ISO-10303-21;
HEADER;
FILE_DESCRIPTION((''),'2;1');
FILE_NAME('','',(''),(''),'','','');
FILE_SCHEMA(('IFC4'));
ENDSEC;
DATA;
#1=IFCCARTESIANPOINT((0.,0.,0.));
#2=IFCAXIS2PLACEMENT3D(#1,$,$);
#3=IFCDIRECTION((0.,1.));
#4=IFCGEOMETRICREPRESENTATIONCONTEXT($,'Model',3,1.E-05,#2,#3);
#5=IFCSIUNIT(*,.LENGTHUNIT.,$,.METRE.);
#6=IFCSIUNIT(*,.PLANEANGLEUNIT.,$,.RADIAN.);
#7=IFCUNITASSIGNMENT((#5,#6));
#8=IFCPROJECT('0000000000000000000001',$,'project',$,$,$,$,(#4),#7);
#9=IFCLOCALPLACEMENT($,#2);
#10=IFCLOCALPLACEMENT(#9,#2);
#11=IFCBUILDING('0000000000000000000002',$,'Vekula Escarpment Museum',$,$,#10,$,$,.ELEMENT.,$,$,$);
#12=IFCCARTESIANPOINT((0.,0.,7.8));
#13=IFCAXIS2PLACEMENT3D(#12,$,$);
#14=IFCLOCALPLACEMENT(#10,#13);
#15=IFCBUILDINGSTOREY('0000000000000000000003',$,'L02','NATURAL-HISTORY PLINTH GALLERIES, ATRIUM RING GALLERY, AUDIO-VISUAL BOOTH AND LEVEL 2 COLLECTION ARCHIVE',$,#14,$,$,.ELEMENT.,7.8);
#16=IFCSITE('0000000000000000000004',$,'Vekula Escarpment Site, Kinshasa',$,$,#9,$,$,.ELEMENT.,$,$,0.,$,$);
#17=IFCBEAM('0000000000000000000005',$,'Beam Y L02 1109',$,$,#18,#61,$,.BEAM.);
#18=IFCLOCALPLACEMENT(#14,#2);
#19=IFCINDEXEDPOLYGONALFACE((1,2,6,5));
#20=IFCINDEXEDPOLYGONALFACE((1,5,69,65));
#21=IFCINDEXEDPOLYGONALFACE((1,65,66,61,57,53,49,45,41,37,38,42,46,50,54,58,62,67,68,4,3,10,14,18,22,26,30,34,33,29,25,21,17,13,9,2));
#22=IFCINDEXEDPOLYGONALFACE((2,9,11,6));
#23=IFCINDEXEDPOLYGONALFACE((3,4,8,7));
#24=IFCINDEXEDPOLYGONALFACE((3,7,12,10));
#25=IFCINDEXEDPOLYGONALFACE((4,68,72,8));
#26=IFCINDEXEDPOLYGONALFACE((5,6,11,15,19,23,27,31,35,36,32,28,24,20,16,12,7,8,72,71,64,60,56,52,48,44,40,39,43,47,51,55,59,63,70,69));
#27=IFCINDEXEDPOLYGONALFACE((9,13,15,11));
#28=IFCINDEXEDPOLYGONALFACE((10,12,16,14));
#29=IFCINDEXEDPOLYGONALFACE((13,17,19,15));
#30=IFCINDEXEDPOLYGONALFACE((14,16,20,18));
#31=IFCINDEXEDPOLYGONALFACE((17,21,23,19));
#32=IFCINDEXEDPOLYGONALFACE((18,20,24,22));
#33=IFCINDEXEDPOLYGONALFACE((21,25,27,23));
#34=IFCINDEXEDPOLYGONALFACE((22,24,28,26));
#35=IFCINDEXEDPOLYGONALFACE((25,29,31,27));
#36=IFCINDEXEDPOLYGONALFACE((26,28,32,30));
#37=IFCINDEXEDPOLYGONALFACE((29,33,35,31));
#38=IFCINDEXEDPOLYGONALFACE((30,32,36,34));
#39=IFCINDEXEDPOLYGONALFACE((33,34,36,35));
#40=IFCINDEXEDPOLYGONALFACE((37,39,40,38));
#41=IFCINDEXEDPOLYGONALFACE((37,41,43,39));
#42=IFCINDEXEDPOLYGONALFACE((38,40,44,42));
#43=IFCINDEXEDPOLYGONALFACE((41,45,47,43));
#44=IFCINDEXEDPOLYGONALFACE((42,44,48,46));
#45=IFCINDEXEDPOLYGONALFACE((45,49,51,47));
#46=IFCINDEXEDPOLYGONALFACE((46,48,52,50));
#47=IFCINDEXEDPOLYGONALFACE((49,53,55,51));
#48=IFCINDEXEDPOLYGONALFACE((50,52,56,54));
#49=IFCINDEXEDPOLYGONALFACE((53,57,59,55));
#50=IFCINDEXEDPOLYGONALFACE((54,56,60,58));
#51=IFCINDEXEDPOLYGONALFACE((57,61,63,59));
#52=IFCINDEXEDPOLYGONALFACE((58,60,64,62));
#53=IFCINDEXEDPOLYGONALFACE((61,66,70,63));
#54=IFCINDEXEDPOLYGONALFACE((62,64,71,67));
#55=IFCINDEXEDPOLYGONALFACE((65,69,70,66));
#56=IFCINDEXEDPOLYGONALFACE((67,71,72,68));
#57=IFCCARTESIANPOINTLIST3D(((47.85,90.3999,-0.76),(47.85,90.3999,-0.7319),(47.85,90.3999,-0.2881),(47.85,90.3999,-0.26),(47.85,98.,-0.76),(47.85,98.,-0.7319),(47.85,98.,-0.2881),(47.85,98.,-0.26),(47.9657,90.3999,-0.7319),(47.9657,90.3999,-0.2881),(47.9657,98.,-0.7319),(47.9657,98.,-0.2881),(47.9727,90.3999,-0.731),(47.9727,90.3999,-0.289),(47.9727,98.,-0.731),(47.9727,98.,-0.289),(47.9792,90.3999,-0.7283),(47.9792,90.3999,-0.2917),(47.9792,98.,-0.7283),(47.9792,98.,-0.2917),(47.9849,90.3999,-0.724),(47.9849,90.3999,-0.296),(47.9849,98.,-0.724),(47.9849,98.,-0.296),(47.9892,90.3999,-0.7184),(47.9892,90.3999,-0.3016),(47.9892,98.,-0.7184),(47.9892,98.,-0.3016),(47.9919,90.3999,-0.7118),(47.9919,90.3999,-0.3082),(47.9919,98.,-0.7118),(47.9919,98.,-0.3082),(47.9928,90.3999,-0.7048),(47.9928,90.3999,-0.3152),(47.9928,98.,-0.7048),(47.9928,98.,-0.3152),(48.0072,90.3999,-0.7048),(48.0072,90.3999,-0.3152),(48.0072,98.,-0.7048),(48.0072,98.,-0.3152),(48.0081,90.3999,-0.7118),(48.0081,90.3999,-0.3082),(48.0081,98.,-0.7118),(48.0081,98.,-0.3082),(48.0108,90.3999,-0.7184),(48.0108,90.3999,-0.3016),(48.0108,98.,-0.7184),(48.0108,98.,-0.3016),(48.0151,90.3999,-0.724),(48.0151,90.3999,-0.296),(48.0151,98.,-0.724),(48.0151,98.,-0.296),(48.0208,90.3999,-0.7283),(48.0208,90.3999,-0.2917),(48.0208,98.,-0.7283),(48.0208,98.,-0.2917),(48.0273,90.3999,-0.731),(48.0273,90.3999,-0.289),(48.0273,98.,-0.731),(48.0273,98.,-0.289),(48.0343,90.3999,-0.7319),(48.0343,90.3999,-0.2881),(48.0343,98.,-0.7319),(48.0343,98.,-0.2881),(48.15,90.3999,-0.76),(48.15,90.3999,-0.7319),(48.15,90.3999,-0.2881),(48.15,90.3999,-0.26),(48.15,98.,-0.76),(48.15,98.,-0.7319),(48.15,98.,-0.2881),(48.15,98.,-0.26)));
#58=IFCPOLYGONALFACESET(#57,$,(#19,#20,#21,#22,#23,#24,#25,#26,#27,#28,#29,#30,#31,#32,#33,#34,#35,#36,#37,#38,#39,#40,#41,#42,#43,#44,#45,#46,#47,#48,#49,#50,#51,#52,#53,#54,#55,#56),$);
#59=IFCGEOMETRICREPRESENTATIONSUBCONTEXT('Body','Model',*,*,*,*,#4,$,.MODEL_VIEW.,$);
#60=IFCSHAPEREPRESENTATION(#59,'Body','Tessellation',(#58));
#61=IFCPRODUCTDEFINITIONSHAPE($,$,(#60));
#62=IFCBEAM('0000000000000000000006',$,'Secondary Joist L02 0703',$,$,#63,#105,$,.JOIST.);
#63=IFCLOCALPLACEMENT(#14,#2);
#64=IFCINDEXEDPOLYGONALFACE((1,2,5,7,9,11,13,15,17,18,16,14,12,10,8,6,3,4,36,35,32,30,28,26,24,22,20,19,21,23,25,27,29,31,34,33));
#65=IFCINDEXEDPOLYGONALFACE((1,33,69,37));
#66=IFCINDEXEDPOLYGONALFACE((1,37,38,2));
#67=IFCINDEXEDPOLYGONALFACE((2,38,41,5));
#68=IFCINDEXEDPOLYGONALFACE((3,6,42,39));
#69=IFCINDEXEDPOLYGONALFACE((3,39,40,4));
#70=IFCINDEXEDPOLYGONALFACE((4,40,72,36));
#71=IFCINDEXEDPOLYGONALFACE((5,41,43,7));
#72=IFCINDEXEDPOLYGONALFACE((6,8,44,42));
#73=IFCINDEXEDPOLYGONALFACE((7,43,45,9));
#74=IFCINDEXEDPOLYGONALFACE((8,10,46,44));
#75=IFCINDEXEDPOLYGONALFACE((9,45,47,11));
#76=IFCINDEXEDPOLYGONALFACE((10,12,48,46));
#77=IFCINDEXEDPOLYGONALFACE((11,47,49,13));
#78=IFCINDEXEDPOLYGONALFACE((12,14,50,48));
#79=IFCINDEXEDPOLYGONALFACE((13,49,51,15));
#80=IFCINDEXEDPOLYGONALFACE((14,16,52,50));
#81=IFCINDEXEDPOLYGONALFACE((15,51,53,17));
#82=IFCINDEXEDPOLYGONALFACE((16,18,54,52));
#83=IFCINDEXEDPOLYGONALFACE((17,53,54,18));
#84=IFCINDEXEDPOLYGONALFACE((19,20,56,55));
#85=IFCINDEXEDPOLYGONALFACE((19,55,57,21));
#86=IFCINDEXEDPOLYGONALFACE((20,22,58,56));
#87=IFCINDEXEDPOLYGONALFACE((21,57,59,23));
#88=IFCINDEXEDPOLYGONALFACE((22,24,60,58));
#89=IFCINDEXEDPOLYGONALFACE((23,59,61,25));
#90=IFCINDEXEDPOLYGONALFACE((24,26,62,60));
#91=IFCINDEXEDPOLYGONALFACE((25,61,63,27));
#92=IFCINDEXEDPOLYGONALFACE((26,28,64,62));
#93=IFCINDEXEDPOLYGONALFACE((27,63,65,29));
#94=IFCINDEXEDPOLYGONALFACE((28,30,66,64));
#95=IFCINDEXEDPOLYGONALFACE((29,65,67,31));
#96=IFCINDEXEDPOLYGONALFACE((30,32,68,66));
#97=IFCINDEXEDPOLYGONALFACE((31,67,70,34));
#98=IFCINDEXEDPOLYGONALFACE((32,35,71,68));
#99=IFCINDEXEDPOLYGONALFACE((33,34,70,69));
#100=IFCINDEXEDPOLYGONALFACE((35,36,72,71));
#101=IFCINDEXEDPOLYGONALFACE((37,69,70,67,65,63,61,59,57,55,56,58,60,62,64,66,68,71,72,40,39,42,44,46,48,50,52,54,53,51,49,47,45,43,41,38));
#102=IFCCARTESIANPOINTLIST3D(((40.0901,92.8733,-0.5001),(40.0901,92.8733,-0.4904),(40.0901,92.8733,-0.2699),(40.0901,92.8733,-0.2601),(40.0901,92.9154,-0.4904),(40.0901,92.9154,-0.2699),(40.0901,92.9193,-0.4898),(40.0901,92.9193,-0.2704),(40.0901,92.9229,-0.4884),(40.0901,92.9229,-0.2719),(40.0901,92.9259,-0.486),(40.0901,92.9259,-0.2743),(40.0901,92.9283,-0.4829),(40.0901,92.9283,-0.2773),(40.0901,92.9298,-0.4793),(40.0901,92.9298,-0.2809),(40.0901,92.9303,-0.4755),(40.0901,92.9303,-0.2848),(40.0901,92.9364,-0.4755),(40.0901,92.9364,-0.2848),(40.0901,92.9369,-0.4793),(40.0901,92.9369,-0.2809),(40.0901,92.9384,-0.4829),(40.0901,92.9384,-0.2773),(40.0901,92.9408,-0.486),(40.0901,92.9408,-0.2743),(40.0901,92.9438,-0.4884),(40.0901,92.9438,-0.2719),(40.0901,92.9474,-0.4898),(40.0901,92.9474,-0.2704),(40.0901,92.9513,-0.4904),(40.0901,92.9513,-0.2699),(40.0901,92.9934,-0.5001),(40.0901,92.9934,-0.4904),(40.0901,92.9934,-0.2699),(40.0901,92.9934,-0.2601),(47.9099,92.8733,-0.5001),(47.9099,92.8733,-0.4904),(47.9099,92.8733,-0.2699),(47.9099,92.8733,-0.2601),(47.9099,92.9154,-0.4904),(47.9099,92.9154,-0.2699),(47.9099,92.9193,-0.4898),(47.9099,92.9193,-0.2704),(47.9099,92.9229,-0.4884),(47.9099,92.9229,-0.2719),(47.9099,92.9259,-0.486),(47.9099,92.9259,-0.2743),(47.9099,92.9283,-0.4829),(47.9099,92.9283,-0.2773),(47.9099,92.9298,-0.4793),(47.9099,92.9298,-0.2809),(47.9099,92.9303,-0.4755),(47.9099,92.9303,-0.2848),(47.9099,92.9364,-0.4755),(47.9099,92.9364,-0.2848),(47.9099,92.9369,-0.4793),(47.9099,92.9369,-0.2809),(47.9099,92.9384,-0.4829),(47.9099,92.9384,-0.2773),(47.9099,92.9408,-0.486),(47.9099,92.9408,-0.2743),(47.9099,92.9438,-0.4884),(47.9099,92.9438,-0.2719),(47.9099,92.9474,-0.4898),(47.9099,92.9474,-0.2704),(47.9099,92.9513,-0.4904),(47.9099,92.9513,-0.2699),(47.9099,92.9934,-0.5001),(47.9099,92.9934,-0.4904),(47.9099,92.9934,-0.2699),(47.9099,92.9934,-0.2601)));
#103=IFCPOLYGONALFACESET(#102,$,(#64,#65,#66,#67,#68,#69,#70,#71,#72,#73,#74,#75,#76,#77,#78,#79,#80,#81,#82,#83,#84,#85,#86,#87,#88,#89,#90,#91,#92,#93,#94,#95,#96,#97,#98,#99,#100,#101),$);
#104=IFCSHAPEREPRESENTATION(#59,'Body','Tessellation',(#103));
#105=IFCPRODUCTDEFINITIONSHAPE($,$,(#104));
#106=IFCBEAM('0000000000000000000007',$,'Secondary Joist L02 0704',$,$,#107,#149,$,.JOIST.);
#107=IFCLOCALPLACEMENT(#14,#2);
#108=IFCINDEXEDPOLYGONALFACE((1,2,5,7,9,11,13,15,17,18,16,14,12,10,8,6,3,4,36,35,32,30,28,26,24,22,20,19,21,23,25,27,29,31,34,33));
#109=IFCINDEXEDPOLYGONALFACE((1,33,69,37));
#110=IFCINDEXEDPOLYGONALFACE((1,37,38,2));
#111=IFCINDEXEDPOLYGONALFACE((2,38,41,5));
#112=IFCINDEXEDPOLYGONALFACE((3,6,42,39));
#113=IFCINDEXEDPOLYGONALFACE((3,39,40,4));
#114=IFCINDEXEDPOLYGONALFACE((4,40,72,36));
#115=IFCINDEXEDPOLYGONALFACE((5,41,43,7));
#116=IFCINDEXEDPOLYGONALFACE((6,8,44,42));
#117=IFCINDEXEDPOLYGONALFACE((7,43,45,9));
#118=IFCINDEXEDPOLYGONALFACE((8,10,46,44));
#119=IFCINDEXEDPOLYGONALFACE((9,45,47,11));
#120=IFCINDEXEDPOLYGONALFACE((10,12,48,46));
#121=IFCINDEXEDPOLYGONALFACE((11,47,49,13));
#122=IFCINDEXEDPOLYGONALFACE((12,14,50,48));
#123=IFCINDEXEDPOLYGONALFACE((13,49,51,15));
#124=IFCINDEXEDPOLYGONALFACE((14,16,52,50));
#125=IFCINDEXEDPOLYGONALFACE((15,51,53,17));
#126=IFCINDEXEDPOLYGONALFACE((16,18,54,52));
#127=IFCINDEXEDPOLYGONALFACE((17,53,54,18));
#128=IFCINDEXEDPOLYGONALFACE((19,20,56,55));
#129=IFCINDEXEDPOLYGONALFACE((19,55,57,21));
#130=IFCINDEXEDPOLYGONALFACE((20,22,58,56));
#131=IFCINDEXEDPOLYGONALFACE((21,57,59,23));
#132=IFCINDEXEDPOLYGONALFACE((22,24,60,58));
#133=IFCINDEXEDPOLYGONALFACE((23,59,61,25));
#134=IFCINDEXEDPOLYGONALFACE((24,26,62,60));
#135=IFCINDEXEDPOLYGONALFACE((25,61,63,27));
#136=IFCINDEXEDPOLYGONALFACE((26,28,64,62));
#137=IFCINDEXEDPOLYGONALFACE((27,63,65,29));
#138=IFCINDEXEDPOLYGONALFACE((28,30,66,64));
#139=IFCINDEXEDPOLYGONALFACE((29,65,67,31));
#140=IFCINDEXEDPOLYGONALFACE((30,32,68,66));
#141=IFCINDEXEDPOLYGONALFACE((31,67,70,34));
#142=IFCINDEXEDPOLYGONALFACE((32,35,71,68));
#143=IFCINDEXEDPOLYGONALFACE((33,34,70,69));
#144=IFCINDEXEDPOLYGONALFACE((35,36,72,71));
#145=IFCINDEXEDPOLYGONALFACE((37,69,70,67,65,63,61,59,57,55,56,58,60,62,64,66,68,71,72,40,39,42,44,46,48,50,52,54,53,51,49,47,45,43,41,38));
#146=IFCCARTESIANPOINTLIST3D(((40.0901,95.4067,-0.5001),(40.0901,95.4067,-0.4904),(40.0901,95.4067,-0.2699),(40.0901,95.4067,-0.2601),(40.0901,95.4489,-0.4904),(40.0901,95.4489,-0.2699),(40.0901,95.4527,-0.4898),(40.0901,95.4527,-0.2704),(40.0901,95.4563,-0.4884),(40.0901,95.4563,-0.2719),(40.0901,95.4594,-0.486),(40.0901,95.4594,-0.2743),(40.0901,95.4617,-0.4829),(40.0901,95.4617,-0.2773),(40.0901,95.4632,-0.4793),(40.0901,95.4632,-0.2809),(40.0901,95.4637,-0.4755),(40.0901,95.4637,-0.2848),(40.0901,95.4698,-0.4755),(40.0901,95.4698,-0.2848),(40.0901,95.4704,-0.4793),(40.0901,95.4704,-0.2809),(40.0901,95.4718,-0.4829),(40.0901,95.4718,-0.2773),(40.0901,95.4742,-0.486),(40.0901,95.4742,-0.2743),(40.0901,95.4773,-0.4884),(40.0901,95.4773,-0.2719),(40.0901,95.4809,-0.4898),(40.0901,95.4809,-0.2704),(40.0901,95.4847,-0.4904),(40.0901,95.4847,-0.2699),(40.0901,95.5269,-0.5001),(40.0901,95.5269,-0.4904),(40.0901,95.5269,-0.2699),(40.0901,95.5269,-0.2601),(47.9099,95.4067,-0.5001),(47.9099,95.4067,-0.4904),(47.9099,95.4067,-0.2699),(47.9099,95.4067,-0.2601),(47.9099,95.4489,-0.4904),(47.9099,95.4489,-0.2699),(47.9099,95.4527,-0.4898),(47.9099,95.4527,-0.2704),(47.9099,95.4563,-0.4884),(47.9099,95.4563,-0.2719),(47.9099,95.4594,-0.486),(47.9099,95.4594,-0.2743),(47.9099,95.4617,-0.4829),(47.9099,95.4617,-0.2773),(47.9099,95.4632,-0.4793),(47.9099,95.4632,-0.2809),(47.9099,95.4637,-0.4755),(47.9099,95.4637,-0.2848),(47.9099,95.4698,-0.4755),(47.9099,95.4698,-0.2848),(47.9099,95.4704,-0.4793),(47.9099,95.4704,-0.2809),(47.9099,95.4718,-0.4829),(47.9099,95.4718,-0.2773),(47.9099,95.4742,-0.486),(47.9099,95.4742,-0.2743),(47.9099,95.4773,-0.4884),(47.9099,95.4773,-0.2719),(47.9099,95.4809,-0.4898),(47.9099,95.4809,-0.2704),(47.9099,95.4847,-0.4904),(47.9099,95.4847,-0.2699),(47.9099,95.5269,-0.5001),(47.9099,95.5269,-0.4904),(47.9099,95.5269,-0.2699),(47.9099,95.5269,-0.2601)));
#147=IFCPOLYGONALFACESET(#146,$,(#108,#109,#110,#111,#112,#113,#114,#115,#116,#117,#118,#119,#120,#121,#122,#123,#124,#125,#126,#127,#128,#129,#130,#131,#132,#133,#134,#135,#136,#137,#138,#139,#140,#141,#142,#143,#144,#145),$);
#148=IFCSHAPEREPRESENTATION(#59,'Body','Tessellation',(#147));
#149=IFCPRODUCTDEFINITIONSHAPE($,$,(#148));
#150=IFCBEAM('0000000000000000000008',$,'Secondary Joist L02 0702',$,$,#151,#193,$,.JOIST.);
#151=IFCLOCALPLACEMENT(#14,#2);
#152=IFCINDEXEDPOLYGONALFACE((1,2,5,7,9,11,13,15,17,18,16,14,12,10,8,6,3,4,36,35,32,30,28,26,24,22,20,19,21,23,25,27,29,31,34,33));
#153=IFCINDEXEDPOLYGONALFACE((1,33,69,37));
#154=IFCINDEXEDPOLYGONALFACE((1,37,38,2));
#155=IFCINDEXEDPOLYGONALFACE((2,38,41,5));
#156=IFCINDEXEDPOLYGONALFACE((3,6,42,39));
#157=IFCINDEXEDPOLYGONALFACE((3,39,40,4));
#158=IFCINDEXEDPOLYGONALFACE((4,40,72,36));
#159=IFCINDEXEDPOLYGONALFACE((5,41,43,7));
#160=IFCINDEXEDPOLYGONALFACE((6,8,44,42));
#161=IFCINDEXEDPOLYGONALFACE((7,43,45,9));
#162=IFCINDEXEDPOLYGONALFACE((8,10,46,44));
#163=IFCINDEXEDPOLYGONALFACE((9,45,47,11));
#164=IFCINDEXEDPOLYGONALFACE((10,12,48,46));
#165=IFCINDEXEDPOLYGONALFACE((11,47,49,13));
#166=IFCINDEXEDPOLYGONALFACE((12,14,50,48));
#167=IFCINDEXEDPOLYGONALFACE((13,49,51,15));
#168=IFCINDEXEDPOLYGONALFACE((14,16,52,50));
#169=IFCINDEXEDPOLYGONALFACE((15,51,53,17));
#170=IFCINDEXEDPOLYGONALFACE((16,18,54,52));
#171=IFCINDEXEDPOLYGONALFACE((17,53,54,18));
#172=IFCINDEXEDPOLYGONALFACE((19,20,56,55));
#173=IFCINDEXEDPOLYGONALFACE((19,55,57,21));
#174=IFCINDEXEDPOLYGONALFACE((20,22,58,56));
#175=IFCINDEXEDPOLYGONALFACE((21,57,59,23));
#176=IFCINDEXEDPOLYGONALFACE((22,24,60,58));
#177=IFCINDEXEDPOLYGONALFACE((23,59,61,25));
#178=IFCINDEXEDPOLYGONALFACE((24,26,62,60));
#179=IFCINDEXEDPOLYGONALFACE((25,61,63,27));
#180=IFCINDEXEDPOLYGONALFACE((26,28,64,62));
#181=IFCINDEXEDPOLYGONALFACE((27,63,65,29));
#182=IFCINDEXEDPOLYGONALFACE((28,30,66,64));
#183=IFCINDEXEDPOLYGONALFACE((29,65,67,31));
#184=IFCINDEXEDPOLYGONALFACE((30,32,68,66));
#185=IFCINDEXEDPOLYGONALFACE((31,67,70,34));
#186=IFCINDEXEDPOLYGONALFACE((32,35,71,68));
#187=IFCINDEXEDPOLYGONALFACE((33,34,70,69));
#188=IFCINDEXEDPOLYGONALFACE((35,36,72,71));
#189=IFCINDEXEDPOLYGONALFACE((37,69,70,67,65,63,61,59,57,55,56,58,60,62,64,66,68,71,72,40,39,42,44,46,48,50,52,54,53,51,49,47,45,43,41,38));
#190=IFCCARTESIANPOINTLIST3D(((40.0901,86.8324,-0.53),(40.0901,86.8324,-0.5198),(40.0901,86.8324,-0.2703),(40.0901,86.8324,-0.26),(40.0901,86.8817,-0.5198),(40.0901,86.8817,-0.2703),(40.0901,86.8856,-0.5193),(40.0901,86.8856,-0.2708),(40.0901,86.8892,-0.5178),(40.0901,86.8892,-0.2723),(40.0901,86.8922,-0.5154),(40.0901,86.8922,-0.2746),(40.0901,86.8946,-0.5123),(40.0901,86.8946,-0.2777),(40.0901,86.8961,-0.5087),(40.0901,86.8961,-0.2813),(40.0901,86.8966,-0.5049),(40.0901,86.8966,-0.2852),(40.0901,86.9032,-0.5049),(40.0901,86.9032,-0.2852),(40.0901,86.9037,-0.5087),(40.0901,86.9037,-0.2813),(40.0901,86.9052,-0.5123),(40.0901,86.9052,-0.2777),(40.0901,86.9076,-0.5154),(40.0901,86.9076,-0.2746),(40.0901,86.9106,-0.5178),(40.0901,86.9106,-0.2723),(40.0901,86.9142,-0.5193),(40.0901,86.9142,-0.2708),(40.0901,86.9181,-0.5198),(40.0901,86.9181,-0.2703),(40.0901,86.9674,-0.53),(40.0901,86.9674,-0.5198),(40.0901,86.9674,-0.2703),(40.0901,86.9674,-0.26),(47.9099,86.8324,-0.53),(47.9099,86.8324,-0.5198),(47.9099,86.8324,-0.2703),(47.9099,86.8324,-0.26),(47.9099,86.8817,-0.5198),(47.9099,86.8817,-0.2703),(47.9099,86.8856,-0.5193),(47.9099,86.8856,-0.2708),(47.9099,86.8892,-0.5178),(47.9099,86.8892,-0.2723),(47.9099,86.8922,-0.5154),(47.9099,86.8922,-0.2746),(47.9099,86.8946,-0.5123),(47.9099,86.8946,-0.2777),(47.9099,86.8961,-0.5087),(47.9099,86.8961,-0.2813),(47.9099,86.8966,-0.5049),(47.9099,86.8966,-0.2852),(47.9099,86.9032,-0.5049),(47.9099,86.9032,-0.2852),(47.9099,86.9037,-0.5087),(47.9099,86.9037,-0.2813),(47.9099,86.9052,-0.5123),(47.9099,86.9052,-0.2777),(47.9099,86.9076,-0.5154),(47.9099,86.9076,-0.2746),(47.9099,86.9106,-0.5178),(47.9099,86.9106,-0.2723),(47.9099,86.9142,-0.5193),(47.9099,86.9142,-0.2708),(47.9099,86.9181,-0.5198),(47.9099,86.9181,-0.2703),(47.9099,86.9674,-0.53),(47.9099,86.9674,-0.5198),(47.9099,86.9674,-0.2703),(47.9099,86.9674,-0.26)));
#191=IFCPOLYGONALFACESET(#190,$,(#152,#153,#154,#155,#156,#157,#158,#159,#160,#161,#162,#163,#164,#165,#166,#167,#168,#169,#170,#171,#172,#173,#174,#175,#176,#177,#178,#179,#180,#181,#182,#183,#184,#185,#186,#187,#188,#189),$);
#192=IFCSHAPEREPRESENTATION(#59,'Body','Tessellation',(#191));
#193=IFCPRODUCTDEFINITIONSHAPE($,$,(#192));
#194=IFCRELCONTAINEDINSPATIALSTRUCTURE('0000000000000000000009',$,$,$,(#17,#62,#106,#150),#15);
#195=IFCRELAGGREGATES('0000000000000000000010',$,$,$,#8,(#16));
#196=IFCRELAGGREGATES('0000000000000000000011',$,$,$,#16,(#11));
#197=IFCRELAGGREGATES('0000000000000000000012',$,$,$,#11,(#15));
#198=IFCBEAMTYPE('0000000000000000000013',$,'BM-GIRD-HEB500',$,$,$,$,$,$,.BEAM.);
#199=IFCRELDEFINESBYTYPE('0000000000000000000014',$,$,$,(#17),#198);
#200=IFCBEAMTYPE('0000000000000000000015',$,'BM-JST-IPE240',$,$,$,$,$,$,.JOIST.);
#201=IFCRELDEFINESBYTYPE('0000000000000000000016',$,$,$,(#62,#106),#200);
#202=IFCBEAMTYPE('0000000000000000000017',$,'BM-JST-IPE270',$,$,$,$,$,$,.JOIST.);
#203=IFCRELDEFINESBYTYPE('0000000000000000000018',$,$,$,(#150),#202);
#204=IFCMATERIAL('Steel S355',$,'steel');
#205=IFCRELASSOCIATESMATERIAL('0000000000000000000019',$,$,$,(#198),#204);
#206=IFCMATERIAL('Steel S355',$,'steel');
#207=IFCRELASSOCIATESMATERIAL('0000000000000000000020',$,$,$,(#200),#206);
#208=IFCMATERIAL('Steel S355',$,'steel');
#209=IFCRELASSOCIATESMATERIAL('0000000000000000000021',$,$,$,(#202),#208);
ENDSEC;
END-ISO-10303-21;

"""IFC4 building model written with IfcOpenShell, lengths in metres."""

from ifc_helpers import new_model, si_unit, direction, frame, origin, origin_2d, place, context, subcontext, project, spatial, i_section, extrude, material, material_profile, profile_set, type_object, element, save


model = new_model("IFC4")

# Units and contexts
model_context = context("Model", 3, precision=1e-05, world=origin(), true_north=direction((0.0, 1.0)))
body_context = subcontext(model_context, "Body", "Model", "MODEL_VIEW")
ifc_project = project(units=[si_unit("LENGTHUNIT", "METRE"), si_unit("PLANEANGLEUNIT", "RADIAN")], contexts=[model_context])

# Site, building, storey
site_placement = place(None, origin())
site = spatial("IfcSite", under=ifc_project, at=site_placement, Name="Vekula Escarpment Site, Kinshasa", CompositionType="ELEMENT", RefElevation=0.0)
building_placement = place(site_placement, origin())
building = spatial("IfcBuilding", under=site, at=building_placement, Name="Vekula Escarpment Museum", CompositionType="ELEMENT")
storey_placement = place(building_placement, frame((0.0, 0.0, 7.8)))
storey = spatial("IfcBuildingStorey", under=building, at=storey_placement, Name="L02", Description="NATURAL-HISTORY PLINTH GALLERIES, ATRIUM RING GALLERY, AUDIO-VISUAL BOOTH AND LEVEL 2 COLLECTION ARCHIVE", CompositionType="ELEMENT", Elevation=7.8)

# Beams
ifc_material_1 = material(Name="Steel S355", Category="steel")
ifc_material_profile_1 = material_profile(ifc_material_1, i_section(OverallWidth=0.3, OverallDepth=0.5, WebThickness=0.0144, FlangeThickness=0.0281, FilletRadius=0.0271, at=origin_2d()), Name="HEB 500")
ifc_profile_set_1 = profile_set([ifc_material_profile_1], Name="Steel S355")
beam_type_1 = type_object("IfcBeamType", Name="BM-GIRD-HEB500", PredefinedType="BEAM", material=ifc_profile_set_1)
for number, where, z_axis, x_axis, name in (
    (1, (48.0, 90.3999, -0.51), (0.0, 1.0, 0.0), (-1.0, 0.0, 0.0), "Beam Y L02 1109"),
):
    element("IfcBeam", number, at=place(storey_placement, frame(where, z_axis=z_axis, x_axis=x_axis)), inside=storey, type_object=beam_type_1, Name=name, PredefinedType="BEAM", context=body_context, shape_type="SweptSolid", body=[
        extrude(i_section(OverallWidth=0.3, OverallDepth=0.5, WebThickness=0.0144, FlangeThickness=0.0281, FilletRadius=0.0271, at=origin_2d()), origin(), (0.0, 0.0, 1.0), 7.6001),
    ])
ifc_material_2 = material(Name="Steel S355", Category="steel")
ifc_material_profile_2 = material_profile(ifc_material_2, i_section(OverallWidth=0.1201, OverallDepth=0.24, WebThickness=0.0061, FlangeThickness=0.0098, FilletRadius=0.0149, at=origin_2d()), Name="IPE 240")
ifc_profile_set_2 = profile_set([ifc_material_profile_2], Name="Steel S355")
beam_type_2 = type_object("IfcBeamType", Name="BM-JST-IPE240", PredefinedType="JOIST", material=ifc_profile_set_2)
for number, where, z_axis, x_axis, name in (
    (2, (40.0901, 92.9333, -0.3801), (1.0, 0.0, 0.0), (0.0, 1.0, 0.0), "Secondary Joist L02 0703"),
    (3, (40.0901, 95.4668, -0.3801), (1.0, 0.0, 0.0), (0.0, 1.0, 0.0), "Secondary Joist L02 0704"),
):
    element("IfcBeam", number, at=place(storey_placement, frame(where, z_axis=z_axis, x_axis=x_axis)), inside=storey, type_object=beam_type_2, Name=name, PredefinedType="JOIST", context=body_context, shape_type="SweptSolid", body=[
        extrude(i_section(OverallWidth=0.1201, OverallDepth=0.24, WebThickness=0.0061, FlangeThickness=0.0098, FilletRadius=0.0149, at=origin_2d()), origin(), (0.0, 0.0, 1.0), 7.8198),
    ])
ifc_material_3 = material(Name="Steel S355", Category="steel")
ifc_material_profile_3 = material_profile(ifc_material_3, i_section(OverallWidth=0.135, OverallDepth=0.27, WebThickness=0.0066, FlangeThickness=0.0103, FilletRadius=0.0149, at=origin_2d()), Name="IPE 270")
ifc_profile_set_3 = profile_set([ifc_material_profile_3], Name="Steel S355")
beam_type_3 = type_object("IfcBeamType", Name="BM-JST-IPE270", PredefinedType="JOIST", material=ifc_profile_set_3)
beam_1_placement = place(storey_placement, frame((40.0901, 86.8999, -0.395), z_axis=(1.0, 0.0, 0.0), x_axis=(0.0, 1.0, 0.0)))
element("IfcBeam", 4, at=beam_1_placement, inside=storey, type_object=beam_type_3, Name="Secondary Joist L02 0702", PredefinedType="JOIST", context=body_context, shape_type="SweptSolid", body=[
    extrude(i_section(OverallWidth=0.135, OverallDepth=0.27, WebThickness=0.0066, FlangeThickness=0.0103, FilletRadius=0.0149, at=origin_2d()), origin(), (0.0, 0.0, 1.0), 7.8198),
])

save(model, "model.ifc")
